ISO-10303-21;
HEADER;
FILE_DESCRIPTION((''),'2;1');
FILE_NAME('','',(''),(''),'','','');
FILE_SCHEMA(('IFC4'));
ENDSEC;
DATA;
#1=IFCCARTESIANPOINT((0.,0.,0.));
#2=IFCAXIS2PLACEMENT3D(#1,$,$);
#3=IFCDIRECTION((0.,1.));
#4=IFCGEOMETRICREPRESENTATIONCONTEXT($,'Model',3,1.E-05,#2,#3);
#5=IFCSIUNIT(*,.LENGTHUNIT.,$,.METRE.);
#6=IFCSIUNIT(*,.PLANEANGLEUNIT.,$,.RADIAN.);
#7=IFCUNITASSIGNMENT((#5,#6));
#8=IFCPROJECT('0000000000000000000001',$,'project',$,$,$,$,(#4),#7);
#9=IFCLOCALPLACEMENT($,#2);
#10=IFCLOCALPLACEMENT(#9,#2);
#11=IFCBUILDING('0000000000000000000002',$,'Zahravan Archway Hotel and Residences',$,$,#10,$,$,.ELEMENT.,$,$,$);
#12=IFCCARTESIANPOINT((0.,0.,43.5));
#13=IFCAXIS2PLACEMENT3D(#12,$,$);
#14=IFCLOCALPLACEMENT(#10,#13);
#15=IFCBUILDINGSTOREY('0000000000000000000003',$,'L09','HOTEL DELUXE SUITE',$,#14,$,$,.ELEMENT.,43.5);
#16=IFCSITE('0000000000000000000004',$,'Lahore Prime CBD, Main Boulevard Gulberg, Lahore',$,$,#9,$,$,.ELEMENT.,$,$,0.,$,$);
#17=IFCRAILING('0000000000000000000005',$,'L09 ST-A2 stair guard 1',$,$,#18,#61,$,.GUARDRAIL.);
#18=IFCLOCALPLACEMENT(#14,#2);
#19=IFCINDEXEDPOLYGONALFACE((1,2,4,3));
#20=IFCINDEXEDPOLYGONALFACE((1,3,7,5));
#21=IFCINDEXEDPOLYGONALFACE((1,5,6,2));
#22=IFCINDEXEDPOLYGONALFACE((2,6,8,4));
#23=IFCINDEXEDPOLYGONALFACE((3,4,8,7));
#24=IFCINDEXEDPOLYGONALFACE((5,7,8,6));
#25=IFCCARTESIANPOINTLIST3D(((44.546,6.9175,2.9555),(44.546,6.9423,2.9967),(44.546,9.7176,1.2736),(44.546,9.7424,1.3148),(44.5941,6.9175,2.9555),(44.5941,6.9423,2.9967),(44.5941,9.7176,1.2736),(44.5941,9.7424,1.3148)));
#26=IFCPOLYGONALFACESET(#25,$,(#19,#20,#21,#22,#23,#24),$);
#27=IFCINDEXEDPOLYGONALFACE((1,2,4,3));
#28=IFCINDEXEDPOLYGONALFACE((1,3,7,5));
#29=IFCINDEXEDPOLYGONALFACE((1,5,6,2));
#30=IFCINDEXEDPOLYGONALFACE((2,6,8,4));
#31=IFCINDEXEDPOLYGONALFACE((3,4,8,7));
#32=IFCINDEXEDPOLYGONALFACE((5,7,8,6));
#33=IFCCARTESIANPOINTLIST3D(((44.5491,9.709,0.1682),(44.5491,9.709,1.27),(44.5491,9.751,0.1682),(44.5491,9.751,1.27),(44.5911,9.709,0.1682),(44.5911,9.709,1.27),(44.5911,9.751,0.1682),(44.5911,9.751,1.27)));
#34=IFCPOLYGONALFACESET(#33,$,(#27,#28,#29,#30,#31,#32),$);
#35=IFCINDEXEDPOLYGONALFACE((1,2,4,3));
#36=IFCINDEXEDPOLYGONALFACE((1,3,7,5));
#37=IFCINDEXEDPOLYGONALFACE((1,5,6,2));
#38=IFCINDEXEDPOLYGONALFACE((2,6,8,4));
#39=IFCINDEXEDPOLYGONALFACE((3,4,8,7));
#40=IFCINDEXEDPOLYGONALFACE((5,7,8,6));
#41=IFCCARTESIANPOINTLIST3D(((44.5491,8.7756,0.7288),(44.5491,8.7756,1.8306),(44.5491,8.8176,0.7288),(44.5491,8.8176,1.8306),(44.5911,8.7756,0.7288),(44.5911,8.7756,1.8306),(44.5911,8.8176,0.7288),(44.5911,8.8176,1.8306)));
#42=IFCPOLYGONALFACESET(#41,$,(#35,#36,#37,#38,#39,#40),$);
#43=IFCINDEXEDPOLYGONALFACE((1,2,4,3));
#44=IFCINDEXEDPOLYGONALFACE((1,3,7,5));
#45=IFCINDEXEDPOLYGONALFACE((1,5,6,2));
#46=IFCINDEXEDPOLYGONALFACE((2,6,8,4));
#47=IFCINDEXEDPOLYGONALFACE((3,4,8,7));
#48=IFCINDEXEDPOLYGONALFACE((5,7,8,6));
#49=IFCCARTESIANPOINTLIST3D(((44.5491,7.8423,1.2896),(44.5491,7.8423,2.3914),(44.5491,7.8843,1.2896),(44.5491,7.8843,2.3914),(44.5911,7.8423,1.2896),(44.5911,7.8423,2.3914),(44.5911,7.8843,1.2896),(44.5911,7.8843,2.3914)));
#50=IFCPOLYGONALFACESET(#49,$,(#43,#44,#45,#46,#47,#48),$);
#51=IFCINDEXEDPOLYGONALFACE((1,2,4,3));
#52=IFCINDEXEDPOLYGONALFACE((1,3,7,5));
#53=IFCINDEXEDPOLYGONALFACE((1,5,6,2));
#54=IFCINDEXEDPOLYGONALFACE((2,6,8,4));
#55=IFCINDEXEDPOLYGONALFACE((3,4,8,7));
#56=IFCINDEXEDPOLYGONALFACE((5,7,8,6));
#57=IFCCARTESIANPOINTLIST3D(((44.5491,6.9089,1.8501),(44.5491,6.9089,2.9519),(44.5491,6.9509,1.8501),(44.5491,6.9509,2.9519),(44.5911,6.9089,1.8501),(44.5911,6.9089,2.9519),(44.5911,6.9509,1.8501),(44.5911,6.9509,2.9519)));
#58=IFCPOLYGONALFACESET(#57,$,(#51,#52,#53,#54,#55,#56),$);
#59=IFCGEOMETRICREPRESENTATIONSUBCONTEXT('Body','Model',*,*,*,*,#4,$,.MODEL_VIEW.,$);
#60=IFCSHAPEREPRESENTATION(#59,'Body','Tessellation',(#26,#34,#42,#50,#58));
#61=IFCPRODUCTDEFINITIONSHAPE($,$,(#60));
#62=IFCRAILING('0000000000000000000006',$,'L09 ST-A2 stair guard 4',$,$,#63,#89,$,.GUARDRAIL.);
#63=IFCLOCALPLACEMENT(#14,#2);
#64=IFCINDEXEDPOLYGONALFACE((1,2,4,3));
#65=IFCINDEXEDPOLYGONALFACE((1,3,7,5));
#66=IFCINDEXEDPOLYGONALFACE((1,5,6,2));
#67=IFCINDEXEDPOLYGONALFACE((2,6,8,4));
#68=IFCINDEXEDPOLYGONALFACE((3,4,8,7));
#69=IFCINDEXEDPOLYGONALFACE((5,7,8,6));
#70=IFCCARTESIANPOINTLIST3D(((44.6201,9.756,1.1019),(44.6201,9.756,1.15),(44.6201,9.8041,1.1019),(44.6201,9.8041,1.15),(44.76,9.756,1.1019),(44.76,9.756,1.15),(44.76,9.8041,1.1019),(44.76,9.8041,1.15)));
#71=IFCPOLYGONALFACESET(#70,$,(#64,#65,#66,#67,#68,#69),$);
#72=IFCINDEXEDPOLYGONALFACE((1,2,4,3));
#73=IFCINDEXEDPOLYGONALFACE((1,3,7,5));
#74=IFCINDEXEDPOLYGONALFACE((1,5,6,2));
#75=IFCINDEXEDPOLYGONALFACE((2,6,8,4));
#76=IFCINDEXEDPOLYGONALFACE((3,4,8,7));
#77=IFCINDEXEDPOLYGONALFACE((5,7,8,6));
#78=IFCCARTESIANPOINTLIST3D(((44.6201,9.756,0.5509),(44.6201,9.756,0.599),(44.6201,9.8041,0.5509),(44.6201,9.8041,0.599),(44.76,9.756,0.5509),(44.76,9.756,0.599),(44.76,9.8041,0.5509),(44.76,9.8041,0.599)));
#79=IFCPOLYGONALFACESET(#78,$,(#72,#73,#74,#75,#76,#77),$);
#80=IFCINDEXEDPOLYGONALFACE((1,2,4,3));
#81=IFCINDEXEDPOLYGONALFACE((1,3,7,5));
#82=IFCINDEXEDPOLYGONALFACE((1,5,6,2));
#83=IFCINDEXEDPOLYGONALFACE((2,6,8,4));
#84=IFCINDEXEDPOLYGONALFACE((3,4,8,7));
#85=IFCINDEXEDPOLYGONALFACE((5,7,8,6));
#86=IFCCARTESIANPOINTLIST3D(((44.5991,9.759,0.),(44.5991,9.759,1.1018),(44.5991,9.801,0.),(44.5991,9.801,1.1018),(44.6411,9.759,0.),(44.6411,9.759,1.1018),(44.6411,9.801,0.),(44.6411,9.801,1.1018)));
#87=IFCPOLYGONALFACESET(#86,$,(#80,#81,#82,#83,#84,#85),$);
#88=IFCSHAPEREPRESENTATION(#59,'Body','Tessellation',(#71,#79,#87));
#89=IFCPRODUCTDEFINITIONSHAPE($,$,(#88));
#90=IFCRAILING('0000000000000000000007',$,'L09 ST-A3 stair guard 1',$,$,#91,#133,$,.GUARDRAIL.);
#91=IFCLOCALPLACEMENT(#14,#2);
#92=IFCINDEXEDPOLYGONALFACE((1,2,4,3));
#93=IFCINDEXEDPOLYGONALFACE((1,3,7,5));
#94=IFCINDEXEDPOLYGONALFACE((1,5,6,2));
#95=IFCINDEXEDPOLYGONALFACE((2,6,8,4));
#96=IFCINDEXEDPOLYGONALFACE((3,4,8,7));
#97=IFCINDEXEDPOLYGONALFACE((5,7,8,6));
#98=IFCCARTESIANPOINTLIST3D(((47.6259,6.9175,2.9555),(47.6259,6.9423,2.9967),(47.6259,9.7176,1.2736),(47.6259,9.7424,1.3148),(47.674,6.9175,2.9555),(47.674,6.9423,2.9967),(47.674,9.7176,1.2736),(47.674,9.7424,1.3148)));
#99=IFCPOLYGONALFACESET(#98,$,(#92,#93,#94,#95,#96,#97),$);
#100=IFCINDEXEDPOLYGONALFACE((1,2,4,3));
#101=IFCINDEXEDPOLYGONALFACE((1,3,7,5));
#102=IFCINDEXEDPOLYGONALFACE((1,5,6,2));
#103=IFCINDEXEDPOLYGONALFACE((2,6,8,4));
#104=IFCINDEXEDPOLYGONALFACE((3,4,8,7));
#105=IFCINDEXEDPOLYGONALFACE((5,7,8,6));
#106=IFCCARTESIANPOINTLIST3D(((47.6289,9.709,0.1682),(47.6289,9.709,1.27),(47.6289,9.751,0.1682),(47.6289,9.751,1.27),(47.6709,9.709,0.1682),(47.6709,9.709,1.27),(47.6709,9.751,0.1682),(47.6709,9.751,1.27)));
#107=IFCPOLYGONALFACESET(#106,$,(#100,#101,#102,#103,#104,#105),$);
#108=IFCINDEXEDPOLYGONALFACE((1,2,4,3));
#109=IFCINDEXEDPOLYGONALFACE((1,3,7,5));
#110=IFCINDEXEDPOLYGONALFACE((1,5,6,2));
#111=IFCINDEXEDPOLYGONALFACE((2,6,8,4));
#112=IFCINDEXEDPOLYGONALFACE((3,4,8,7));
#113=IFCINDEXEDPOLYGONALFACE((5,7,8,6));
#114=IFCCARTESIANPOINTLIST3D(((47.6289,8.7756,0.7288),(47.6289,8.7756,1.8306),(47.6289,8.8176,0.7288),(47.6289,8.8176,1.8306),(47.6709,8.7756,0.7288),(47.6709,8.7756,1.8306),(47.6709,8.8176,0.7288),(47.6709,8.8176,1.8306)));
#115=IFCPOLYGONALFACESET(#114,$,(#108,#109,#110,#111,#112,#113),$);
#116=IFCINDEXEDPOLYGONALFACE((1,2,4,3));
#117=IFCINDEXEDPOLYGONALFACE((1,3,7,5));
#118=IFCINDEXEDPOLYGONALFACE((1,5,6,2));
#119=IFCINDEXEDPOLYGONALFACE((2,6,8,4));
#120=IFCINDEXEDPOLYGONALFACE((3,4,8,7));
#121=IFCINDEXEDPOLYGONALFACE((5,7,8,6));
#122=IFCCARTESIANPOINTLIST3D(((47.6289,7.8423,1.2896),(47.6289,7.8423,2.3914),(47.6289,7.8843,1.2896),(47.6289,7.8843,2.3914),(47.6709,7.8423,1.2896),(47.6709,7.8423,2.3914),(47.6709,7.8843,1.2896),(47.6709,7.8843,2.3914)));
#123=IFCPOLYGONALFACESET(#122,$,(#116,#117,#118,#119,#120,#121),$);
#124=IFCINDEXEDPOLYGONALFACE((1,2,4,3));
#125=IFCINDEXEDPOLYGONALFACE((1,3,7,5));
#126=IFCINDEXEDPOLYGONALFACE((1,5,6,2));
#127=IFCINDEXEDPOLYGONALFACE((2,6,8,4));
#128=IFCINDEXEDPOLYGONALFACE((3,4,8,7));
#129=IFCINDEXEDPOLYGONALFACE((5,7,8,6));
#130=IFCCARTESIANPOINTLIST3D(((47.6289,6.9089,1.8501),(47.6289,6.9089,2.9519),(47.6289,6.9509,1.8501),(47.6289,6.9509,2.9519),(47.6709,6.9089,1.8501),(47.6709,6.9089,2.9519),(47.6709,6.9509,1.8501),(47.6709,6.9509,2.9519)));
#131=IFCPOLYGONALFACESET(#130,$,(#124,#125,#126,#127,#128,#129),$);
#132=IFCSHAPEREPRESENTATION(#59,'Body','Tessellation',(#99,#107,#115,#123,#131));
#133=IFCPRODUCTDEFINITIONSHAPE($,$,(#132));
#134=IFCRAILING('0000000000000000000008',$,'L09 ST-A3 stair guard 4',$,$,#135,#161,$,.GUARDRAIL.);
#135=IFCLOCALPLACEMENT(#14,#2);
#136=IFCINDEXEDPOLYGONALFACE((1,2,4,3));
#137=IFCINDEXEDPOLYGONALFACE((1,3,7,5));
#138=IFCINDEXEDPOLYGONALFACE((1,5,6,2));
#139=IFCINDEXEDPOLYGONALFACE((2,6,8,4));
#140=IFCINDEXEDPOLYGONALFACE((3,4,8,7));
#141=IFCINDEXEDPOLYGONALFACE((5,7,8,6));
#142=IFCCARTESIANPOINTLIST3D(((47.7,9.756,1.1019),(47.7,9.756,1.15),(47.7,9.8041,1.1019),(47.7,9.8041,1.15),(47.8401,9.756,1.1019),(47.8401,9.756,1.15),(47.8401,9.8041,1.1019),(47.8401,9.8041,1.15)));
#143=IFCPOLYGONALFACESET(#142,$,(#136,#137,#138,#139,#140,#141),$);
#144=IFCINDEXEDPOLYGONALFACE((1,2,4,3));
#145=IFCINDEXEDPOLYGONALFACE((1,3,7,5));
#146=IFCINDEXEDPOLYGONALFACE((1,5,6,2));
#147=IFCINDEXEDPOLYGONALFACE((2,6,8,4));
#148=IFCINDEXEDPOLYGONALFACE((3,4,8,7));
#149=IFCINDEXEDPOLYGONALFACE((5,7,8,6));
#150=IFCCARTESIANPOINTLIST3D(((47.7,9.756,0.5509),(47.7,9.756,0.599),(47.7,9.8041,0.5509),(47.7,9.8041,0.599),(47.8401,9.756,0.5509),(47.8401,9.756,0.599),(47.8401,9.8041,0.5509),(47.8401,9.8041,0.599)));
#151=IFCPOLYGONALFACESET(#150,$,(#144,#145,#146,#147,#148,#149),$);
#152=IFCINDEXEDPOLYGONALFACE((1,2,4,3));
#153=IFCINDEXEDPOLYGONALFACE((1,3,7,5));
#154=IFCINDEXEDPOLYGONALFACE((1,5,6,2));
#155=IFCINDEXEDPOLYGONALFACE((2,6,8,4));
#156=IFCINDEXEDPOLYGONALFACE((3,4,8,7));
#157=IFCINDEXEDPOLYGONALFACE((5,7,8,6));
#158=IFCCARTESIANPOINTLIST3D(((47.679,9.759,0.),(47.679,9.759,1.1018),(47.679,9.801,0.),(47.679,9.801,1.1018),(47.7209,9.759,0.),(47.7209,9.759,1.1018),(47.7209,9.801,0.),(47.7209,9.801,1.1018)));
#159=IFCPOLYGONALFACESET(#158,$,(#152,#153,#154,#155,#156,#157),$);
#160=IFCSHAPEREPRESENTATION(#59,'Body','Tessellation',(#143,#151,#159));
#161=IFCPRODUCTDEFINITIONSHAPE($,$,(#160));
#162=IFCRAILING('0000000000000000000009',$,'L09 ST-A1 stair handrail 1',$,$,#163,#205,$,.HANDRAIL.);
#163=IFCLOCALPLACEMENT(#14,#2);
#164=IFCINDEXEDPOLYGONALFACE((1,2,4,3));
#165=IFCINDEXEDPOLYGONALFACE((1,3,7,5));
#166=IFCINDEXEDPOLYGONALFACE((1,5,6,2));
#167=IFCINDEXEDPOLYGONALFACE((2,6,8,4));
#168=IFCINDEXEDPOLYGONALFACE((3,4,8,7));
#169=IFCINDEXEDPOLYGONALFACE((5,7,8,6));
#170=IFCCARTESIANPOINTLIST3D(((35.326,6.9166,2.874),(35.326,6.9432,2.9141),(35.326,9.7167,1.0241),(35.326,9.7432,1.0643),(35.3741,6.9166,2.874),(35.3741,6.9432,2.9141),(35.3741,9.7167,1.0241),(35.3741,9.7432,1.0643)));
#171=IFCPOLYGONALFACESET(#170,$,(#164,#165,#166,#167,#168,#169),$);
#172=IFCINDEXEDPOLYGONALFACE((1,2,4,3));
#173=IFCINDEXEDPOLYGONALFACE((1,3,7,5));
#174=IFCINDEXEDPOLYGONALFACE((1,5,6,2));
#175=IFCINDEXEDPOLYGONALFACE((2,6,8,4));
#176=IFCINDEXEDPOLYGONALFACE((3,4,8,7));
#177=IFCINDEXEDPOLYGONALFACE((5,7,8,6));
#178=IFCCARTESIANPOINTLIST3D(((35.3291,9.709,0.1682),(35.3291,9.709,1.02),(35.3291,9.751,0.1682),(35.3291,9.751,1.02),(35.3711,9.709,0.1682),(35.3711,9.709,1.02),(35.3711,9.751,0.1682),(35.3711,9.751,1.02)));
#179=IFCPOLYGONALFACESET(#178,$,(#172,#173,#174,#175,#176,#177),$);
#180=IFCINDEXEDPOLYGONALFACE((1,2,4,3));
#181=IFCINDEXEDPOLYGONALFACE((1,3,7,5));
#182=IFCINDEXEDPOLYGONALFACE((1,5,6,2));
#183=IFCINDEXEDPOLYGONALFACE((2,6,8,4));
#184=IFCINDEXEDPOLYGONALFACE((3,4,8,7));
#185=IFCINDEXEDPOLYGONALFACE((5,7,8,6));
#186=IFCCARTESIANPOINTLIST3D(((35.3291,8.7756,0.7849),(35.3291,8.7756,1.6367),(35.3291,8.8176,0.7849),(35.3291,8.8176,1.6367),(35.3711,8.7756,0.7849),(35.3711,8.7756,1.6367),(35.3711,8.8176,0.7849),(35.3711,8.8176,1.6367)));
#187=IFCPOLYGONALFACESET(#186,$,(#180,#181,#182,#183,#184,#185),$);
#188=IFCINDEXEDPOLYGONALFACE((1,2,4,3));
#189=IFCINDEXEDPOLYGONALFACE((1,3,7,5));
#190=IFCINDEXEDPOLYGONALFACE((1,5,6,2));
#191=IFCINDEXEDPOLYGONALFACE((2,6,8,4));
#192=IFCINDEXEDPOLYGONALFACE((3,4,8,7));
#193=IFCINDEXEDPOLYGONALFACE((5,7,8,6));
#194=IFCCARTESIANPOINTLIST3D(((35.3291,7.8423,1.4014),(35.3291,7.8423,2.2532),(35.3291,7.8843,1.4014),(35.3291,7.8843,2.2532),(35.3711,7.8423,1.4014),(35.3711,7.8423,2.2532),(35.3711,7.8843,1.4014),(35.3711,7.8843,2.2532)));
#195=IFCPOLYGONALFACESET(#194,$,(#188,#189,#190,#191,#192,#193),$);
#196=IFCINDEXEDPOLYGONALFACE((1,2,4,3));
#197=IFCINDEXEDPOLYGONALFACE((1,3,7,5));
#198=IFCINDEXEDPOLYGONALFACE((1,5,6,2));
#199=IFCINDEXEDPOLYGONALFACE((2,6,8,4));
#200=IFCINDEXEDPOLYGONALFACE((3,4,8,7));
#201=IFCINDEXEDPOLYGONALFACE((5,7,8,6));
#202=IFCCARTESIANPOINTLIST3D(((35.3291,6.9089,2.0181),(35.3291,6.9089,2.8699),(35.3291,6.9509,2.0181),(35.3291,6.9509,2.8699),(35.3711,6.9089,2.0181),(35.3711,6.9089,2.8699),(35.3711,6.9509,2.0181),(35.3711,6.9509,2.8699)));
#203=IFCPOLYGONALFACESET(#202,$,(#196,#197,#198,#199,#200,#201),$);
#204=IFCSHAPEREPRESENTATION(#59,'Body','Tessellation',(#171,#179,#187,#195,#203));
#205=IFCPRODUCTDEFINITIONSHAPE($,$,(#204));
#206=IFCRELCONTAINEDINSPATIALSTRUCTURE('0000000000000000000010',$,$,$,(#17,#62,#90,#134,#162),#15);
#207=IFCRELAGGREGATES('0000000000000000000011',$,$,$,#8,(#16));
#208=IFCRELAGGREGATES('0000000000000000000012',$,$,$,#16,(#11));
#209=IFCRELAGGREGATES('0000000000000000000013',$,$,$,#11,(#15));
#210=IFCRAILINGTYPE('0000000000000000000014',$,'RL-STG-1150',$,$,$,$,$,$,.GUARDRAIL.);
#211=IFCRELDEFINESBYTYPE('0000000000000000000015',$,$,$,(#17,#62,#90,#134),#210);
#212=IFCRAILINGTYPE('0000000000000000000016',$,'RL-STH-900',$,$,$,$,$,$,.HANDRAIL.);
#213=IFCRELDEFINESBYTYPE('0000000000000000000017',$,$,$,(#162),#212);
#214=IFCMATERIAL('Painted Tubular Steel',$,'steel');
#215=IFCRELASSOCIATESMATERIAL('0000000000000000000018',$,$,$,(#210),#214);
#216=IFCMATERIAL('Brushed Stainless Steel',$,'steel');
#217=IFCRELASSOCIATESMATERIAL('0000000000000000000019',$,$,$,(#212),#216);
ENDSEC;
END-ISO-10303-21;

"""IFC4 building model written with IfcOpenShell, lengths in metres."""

from ifc_helpers import new_model, si_unit, direction, frame, origin, origin_2d, place, context, subcontext, project, spatial, rectangle, extrude, material, type_object, element, save


model = new_model("IFC4")

# Units and contexts
model_context = context("Model", 3, precision=1e-05, world=origin(), true_north=direction((0.0, 1.0)))
body_context = subcontext(model_context, "Body", "Model", "MODEL_VIEW")
ifc_project = project(units=[si_unit("LENGTHUNIT", "METRE"), si_unit("PLANEANGLEUNIT", "RADIAN")], contexts=[model_context])

# Site, building, storey
site_placement = place(None, origin())
site = spatial("IfcSite", under=ifc_project, at=site_placement, Name="Lahore Prime CBD, Main Boulevard Gulberg, Lahore", CompositionType="ELEMENT", RefElevation=0.0)
building_placement = place(site_placement, origin())
building = spatial("IfcBuilding", under=site, at=building_placement, Name="Zahravan Archway Hotel and Residences", CompositionType="ELEMENT")
storey_placement = place(building_placement, frame((0.0, 0.0, 43.5)))
storey = spatial("IfcBuildingStorey", under=building, at=storey_placement, Name="L09", Description="HOTEL DELUXE SUITE", CompositionType="ELEMENT", Elevation=43.5)

# Shared definitions
ifc_material_1 = material(Name="Brushed Stainless Steel", Category="steel")

# Railings
ifc_material_2 = material(Name="Painted Tubular Steel", Category="steel")
railing_type_1 = type_object("IfcRailingType", Name="RL-STG-1150", PredefinedType="GUARDRAIL", material=ifc_material_2)
railing_1_placement = place(storey_placement, frame((44.5701, 9.73, 0.1682)))
element("IfcRailing", 1, at=railing_1_placement, inside=storey, type_object=railing_type_1, Name="L09 ST-A2 stair guard 1", PredefinedType="GUARDRAIL", context=body_context, shape_type="SweptSolid", body=[
    extrude(rectangle(XDim=0.0481, YDim=0.0481, at=origin_2d()), frame((0.0, 0.0, 1.126), z_axis=(0.0, -0.857242, 0.514913), x_axis=(1.0, 0.0, 0.0)), (0.0, 0.0, 1.0), 3.2664),
    extrude(rectangle(XDim=0.042, YDim=0.042, at=origin_2d()), origin(), (0.0, 0.0, 1.0), 1.1018),
    extrude(rectangle(XDim=0.042, YDim=0.042, at=origin_2d()), frame((0.0, -0.9333, 0.5605)), (0.0, 0.0, 1.0), 1.1018),
    extrude(rectangle(XDim=0.042, YDim=0.042, at=origin_2d()), frame((0.0, -1.8667, 1.1213)), (0.0, 0.0, 1.0), 1.1018),
    extrude(rectangle(XDim=0.042, YDim=0.042, at=origin_2d()), frame((0.0, -2.8, 1.6819)), (0.0, 0.0, 1.0), 1.1018),
])
railing_2_placement = place(storey_placement, frame((44.6201, 9.78, 0.0)))
element("IfcRailing", 2, at=railing_2_placement, inside=storey, type_object=railing_type_1, Name="L09 ST-A2 stair guard 4", PredefinedType="GUARDRAIL", context=body_context, shape_type="SweptSolid", body=[
    extrude(rectangle(XDim=0.0481, YDim=0.0481, at=origin_2d()), frame((0.0, 0.0, 1.126), z_axis=(1.0, 0.0, 0.0), x_axis=(0.0, 1.0, 0.0)), (0.0, 0.0, 1.0), 0.1399),
    extrude(rectangle(XDim=0.0481, YDim=0.0481, at=origin_2d()), frame((0.0, 0.0, 0.575), z_axis=(1.0, 0.0, 0.0), x_axis=(0.0, 1.0, 0.0)), (0.0, 0.0, 1.0), 0.1399),
    extrude(rectangle(XDim=0.042, YDim=0.042, at=origin_2d()), origin(), (0.0, 0.0, 1.0), 1.1018),
])
railing_3_placement = place(storey_placement, frame((47.6499, 9.73, 0.1682)))
element("IfcRailing", 3, at=railing_3_placement, inside=storey, type_object=railing_type_1, Name="L09 ST-A3 stair guard 1", PredefinedType="GUARDRAIL", context=body_context, shape_type="SweptSolid", body=[
    extrude(rectangle(XDim=0.0481, YDim=0.0481, at=origin_2d()), frame((0.0, 0.0, 1.126), z_axis=(0.0, -0.857242, 0.514913), x_axis=(1.0, 0.0, 0.0)), (0.0, 0.0, 1.0), 3.2664),
    extrude(rectangle(XDim=0.042, YDim=0.042, at=origin_2d()), origin(), (0.0, 0.0, 1.0), 1.1018),
    extrude(rectangle(XDim=0.042, YDim=0.042, at=origin_2d()), frame((0.0, -0.9333, 0.5605)), (0.0, 0.0, 1.0), 1.1018),
    extrude(rectangle(XDim=0.042, YDim=0.042, at=origin_2d()), frame((0.0, -1.8667, 1.1213)), (0.0, 0.0, 1.0), 1.1018),
    extrude(rectangle(XDim=0.042, YDim=0.042, at=origin_2d()), frame((0.0, -2.8, 1.6819)), (0.0, 0.0, 1.0), 1.1018),
])
railing_4_placement = place(storey_placement, frame((47.7, 9.78, 0.0)))
element("IfcRailing", 4, at=railing_4_placement, inside=storey, type_object=railing_type_1, Name="L09 ST-A3 stair guard 4", PredefinedType="GUARDRAIL", context=body_context, shape_type="SweptSolid", body=[
    extrude(rectangle(XDim=0.0481, YDim=0.0481, at=origin_2d()), frame((0.0, 0.0, 1.126), z_axis=(1.0, 0.0, 0.0), x_axis=(0.0, 1.0, 0.0)), (0.0, 0.0, 1.0), 0.1401),
    extrude(rectangle(XDim=0.0481, YDim=0.0481, at=origin_2d()), frame((0.0, 0.0, 0.575), z_axis=(1.0, 0.0, 0.0), x_axis=(0.0, 1.0, 0.0)), (0.0, 0.0, 1.0), 0.1401),
    extrude(rectangle(XDim=0.042, YDim=0.042, at=origin_2d()), origin(), (0.0, 0.0, 1.0), 1.1018),
])
railing_type_2 = type_object("IfcRailingType", Name="RL-STH-900", PredefinedType="HANDRAIL", material=ifc_material_1)
for number, where, name in (
    (5, (35.3501, 9.73, 0.1682), "L09 ST-A1 stair handrail 1"),
):
    element("IfcRailing", number, at=place(storey_placement, frame(where)), inside=storey, type_object=railing_type_2, Name=name, PredefinedType="HANDRAIL", context=body_context, shape_type="SweptSolid", body=[
        extrude(rectangle(XDim=0.0481, YDim=0.0481, at=origin_2d()), frame((0.0, 0.0, 0.876), z_axis=(0.0, -0.83436, 0.55122), x_axis=(1.0, 0.0, 0.0)), (0.0, 0.0, 1.0), 3.356),
        extrude(rectangle(XDim=0.042, YDim=0.042, at=origin_2d()), origin(), (0.0, 0.0, 1.0), 0.8518),
        extrude(rectangle(XDim=0.042, YDim=0.042, at=origin_2d()), frame((0.0, -0.9333, 0.6167)), (0.0, 0.0, 1.0), 0.8518),
        extrude(rectangle(XDim=0.042, YDim=0.042, at=origin_2d()), frame((0.0, -1.8667, 1.2332)), (0.0, 0.0, 1.0), 0.8518),
        extrude(rectangle(XDim=0.042, YDim=0.042, at=origin_2d()), frame((0.0, -2.8, 1.8499)), (0.0, 0.0, 1.0), 0.8518),
    ])

save(model, "model.ifc")
